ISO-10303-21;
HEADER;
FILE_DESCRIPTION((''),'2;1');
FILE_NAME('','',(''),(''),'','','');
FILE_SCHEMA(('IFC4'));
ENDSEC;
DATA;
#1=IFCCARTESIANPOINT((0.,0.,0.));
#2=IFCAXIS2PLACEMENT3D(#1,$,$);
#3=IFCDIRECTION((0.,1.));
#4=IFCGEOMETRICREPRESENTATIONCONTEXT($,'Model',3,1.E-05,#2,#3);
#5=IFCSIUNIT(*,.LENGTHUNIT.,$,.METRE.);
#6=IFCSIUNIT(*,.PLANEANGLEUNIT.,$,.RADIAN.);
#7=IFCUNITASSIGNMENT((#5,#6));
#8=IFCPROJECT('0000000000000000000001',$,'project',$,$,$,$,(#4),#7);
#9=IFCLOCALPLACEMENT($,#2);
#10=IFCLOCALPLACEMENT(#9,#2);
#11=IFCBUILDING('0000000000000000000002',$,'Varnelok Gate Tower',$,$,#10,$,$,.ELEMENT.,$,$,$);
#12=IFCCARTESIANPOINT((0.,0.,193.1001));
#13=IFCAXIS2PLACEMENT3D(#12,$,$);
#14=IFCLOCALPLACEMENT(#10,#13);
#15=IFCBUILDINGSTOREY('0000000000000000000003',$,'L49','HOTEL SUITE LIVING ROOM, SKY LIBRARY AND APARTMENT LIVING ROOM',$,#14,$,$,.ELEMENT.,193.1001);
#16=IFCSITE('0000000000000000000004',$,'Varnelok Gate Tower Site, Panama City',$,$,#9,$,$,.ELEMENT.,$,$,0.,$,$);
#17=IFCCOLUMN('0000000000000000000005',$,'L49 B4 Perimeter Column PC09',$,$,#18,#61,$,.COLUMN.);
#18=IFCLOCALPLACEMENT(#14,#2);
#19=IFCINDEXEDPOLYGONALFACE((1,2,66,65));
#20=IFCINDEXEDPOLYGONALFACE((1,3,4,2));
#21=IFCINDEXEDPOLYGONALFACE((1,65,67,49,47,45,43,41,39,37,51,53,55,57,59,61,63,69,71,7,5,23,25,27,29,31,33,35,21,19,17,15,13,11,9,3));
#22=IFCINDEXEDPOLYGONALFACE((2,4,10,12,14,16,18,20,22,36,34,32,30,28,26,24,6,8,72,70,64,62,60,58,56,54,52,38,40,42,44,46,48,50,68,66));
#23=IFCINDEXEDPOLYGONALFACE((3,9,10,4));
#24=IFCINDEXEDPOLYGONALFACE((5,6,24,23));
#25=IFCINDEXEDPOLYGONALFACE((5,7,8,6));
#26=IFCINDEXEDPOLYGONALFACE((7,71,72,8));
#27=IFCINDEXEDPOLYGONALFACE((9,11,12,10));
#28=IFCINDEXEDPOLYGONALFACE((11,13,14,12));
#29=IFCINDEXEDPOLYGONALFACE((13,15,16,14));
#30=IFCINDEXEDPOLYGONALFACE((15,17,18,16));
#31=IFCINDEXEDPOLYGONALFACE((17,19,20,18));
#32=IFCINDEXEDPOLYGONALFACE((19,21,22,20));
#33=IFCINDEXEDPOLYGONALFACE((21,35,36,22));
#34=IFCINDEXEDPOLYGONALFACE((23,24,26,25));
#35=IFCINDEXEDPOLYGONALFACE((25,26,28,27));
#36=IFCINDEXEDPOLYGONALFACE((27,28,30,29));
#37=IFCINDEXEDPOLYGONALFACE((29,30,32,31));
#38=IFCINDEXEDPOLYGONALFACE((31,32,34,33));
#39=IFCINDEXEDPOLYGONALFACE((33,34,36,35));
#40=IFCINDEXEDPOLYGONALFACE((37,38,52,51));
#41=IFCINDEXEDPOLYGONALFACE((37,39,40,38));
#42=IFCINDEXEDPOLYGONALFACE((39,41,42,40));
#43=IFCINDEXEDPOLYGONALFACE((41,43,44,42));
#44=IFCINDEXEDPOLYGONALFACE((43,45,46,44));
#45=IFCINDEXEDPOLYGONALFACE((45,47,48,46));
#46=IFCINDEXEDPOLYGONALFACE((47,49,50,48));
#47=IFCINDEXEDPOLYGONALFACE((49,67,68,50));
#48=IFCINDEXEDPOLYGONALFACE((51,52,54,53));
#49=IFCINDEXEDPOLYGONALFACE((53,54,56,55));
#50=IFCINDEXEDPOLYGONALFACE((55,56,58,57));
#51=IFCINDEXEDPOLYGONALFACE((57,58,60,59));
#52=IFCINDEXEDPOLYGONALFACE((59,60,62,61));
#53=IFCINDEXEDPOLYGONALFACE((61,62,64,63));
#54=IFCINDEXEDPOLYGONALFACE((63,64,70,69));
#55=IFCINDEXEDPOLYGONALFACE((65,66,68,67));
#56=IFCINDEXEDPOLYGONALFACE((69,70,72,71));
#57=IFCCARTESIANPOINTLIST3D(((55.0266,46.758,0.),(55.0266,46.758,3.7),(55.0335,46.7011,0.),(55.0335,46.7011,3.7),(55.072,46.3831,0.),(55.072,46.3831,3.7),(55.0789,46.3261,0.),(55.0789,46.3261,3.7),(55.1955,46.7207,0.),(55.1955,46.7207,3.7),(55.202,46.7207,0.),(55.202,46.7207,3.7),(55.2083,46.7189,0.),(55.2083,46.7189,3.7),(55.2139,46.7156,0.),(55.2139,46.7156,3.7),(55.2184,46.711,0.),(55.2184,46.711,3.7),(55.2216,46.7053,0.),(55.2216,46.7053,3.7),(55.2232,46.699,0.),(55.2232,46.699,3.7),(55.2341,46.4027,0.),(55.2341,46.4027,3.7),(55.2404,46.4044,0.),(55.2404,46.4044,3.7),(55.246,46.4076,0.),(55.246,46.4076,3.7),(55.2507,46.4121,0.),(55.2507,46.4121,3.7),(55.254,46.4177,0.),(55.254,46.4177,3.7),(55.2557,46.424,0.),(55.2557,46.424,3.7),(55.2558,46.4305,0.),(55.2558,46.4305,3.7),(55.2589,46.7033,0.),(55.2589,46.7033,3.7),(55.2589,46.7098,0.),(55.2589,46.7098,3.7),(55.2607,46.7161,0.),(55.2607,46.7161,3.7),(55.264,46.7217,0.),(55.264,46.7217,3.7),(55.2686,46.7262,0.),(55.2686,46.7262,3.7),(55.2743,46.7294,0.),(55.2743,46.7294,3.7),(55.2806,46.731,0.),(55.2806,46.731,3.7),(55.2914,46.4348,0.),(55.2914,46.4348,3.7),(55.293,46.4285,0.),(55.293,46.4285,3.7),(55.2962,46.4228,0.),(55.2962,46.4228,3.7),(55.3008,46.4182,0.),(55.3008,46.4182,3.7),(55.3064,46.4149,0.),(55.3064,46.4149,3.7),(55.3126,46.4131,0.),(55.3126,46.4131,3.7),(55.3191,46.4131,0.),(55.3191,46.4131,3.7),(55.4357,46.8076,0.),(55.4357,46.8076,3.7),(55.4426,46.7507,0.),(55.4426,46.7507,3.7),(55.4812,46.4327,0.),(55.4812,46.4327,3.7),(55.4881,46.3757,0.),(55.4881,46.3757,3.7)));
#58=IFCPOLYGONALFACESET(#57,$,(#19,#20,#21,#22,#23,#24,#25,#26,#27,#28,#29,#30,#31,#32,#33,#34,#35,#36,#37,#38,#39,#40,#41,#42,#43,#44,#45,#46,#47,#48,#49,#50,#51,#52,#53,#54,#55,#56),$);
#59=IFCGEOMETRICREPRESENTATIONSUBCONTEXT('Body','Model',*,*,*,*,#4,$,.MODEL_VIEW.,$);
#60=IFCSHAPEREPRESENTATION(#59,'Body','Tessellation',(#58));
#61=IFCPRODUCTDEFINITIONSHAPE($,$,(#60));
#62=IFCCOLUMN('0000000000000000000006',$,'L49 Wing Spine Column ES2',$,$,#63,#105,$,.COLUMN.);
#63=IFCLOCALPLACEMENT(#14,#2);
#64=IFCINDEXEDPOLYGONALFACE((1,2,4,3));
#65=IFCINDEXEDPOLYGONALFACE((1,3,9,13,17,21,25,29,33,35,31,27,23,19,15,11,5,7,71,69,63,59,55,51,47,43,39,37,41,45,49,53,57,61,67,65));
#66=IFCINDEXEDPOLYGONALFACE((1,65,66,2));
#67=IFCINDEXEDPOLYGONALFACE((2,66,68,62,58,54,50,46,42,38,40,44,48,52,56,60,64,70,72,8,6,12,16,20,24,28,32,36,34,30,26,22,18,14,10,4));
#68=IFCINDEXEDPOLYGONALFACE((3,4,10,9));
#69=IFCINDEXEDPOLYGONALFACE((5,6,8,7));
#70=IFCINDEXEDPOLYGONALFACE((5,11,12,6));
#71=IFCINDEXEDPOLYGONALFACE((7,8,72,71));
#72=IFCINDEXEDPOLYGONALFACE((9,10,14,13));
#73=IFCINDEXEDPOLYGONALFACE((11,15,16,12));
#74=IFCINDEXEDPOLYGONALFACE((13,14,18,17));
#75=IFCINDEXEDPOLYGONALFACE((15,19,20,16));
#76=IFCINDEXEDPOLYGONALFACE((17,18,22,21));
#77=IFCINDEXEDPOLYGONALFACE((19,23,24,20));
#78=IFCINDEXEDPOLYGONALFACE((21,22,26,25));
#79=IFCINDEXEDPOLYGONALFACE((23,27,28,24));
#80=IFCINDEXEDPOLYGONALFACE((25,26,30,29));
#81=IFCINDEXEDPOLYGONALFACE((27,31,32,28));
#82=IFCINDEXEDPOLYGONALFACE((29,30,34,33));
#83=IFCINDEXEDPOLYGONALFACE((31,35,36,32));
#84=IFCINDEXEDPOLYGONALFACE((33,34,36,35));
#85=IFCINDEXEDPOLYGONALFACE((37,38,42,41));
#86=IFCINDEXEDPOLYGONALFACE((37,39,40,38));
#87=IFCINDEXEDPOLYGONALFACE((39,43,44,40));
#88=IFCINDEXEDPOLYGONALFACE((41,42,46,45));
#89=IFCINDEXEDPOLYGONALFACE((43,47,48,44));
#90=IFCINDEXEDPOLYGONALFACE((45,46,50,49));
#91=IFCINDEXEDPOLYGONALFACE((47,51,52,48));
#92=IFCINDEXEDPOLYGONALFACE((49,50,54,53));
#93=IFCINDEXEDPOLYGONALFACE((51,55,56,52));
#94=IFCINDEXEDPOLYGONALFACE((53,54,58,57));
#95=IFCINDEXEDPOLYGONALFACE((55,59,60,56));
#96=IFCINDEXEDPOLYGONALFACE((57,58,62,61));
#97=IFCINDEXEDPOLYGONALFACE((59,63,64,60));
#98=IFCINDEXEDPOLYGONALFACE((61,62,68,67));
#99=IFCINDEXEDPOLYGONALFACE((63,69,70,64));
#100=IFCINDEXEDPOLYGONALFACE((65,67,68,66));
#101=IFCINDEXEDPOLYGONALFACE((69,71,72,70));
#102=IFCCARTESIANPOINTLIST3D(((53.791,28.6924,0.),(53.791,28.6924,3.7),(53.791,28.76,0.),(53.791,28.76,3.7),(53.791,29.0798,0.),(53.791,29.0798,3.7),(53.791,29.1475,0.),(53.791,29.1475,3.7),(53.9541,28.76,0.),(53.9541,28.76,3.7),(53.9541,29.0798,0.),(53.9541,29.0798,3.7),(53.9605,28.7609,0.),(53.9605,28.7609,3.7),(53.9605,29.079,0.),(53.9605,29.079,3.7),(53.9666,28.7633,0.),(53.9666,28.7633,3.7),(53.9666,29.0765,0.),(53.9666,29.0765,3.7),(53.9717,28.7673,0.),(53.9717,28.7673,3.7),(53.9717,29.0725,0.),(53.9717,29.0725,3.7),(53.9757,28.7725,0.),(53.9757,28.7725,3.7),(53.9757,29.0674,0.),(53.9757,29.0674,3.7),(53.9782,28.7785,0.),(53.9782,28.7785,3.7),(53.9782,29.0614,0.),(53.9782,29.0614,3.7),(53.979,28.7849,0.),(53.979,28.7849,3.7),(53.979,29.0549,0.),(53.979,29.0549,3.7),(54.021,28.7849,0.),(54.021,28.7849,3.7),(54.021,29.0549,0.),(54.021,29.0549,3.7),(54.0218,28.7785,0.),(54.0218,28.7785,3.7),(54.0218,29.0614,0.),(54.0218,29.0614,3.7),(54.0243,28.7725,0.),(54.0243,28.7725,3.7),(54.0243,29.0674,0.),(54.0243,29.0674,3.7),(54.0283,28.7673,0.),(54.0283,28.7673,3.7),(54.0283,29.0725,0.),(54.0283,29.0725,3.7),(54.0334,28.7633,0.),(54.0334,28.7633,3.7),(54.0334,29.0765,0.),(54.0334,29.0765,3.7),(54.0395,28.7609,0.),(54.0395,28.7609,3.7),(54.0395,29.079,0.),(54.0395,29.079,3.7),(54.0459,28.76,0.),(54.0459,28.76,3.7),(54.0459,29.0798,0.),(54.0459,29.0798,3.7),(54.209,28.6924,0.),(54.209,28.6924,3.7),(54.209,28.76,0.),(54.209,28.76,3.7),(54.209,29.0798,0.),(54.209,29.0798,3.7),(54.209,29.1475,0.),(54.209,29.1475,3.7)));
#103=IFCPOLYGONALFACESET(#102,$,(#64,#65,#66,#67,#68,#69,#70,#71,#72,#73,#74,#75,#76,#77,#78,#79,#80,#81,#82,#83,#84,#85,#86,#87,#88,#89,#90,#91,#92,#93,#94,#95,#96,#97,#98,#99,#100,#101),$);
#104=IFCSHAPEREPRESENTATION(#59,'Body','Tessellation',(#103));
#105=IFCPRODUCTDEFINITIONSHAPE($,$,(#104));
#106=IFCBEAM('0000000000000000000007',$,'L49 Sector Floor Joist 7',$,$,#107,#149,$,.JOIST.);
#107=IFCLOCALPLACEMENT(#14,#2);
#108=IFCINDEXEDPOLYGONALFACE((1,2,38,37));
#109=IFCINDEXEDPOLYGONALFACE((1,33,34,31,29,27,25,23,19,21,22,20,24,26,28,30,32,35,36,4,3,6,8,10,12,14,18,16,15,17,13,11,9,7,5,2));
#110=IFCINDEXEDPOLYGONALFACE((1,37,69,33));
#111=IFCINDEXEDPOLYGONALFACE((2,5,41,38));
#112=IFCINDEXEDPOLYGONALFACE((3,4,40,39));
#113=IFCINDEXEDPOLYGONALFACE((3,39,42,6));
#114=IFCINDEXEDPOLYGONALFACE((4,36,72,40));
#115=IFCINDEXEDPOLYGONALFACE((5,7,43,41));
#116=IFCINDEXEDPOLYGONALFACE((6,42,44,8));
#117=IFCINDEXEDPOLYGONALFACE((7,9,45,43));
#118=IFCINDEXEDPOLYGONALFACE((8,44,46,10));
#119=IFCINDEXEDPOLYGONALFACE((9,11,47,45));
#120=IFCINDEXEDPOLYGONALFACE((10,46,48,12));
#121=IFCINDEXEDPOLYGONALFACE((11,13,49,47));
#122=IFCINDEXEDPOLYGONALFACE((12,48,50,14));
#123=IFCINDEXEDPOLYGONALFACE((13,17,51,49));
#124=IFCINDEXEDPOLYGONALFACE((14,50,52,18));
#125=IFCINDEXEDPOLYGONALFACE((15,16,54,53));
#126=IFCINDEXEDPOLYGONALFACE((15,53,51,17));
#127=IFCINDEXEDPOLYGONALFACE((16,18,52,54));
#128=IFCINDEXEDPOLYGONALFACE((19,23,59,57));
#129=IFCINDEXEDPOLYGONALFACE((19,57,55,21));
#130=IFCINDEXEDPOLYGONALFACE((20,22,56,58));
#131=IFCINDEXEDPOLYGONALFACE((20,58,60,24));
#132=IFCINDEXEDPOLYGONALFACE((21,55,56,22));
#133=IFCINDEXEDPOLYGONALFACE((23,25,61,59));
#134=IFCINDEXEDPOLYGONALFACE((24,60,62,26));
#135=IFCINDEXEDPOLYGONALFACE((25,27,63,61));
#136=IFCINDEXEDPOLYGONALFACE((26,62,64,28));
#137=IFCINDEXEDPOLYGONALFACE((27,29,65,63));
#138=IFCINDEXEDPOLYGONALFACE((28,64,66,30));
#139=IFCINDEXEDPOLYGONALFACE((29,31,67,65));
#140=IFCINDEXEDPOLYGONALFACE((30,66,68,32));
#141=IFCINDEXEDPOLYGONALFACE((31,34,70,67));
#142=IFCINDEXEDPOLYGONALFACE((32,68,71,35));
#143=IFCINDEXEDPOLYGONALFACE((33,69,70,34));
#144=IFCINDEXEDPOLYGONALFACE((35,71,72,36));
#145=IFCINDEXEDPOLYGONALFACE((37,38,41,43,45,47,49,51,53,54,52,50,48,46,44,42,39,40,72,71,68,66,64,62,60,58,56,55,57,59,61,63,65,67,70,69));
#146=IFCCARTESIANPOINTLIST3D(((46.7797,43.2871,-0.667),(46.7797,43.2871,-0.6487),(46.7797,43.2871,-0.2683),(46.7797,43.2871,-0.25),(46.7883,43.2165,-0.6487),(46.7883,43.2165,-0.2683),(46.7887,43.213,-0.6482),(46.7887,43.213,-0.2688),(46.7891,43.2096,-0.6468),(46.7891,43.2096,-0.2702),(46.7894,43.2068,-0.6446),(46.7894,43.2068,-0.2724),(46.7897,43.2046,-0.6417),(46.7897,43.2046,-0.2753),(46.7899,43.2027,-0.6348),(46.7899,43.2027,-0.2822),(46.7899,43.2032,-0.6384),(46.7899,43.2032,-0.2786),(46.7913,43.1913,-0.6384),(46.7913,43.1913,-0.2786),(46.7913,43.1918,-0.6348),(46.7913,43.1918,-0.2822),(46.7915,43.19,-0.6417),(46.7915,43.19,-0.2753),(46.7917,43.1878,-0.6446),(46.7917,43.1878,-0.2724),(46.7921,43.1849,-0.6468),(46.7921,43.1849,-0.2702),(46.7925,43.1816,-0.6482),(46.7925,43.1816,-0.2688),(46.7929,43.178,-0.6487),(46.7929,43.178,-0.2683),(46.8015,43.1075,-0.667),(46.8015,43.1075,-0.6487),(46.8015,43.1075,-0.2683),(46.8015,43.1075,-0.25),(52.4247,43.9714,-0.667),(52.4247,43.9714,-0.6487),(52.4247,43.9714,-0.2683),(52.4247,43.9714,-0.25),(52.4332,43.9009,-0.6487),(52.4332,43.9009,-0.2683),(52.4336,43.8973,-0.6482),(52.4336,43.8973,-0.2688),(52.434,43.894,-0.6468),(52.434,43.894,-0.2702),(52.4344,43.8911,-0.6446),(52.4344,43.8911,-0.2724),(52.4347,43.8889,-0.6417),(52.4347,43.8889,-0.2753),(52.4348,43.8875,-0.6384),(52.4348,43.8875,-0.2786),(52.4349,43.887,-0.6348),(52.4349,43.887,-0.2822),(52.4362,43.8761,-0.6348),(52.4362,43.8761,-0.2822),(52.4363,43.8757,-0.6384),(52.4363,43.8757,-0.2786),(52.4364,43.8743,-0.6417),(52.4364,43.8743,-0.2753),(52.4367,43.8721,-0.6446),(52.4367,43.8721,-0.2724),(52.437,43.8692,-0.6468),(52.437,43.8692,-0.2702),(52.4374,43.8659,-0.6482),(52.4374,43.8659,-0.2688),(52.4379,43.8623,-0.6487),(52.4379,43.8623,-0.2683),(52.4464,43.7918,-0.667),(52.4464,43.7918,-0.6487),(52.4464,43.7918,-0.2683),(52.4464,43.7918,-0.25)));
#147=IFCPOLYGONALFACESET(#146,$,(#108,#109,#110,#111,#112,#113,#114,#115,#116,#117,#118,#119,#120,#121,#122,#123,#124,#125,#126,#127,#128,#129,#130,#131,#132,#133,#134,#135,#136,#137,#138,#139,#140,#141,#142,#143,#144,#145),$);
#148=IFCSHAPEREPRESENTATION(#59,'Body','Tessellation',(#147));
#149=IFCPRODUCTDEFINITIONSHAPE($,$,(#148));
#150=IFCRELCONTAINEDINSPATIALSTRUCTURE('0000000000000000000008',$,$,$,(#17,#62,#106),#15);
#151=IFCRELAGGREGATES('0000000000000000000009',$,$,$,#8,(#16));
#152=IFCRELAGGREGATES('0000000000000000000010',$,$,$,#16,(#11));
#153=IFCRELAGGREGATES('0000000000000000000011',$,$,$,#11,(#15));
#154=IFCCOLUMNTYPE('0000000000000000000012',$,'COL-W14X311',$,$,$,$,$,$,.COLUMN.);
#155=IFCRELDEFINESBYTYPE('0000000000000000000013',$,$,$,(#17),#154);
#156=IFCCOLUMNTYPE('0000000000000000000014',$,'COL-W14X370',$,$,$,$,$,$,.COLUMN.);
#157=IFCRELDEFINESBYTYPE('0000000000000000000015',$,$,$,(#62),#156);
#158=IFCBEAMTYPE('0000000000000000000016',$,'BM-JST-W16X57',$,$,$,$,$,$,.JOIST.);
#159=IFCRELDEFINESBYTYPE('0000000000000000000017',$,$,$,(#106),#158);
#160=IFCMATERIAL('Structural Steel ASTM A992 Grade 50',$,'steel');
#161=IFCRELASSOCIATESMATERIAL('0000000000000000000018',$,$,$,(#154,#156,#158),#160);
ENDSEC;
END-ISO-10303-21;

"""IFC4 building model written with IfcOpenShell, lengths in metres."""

from ifc_helpers import new_model, si_unit, direction, frame, origin, origin_2d, place, context, subcontext, project, spatial, i_section, extrude, material, material_profile, profile_set, type_object, element, save


model = new_model("IFC4")

# Units and contexts
model_context = context("Model", 3, precision=1e-05, world=origin(), true_north=direction((0.0, 1.0)))
body_context = subcontext(model_context, "Body", "Model", "MODEL_VIEW")
ifc_project = project(units=[si_unit("LENGTHUNIT", "METRE"), si_unit("PLANEANGLEUNIT", "RADIAN")], contexts=[model_context])

# Site, building, storey
site_placement = place(None, origin())
site = spatial("IfcSite", under=ifc_project, at=site_placement, Name="Varnelok Gate Tower Site, Panama City", CompositionType="ELEMENT", RefElevation=0.0)
building_placement = place(site_placement, origin())
building = spatial("IfcBuilding", under=site, at=building_placement, Name="Varnelok Gate Tower", CompositionType="ELEMENT")
storey_placement = place(building_placement, frame((0.0, 0.0, 193.1001)))
storey = spatial("IfcBuildingStorey", under=building, at=storey_placement, Name="L49", Description="HOTEL SUITE LIVING ROOM, SKY LIBRARY AND APARTMENT LIVING ROOM", CompositionType="ELEMENT", Elevation=193.1001)

# Columns
ifc_material_1 = material(Name="Structural Steel ASTM A992 Grade 50", Category="steel")
ifc_material_profile_1 = material_profile(ifc_material_1, i_section(OverallWidth=0.4121, OverallDepth=0.4351, WebThickness=0.0359, FlangeThickness=0.0574, FilletRadius=0.0249, at=origin_2d()), Name="W14X311")
ifc_profile_set_1 = profile_set([ifc_material_profile_1], Name="Structural Steel ASTM A992 Grade 50")
column_type_1 = type_object("IfcColumnType", Name="COL-W14X311", PredefinedType="COLUMN", material=ifc_profile_set_1)
column_1_placement = place(storey_placement, frame((55.2573, 46.5669, 0.0), z_axis=(0.0, 0.0, 1.0), x_axis=(0.992732, 0.120345, 0.0)))
element("IfcColumn", 1, at=column_1_placement, inside=storey, type_object=column_type_1, Name="L49 B4 Perimeter Column PC09", PredefinedType="COLUMN", context=body_context, shape_type="SweptSolid", body=[
    extrude(i_section(OverallWidth=0.4121, OverallDepth=0.4351, WebThickness=0.0359, FlangeThickness=0.0574, FilletRadius=0.0249, at=origin_2d()), origin(), (0.0, 0.0, 1.0), 3.7),
])
ifc_material_profile_2 = material_profile(ifc_material_1, i_section(OverallWidth=0.418, OverallDepth=0.4551, WebThickness=0.042, FlangeThickness=0.0676, FilletRadius=0.0249, at=origin_2d()), Name="W14X370")
ifc_profile_set_2 = profile_set([ifc_material_profile_2], Name="Structural Steel ASTM A992 Grade 50")
column_type_2 = type_object("IfcColumnType", Name="COL-W14X370", PredefinedType="COLUMN", material=ifc_profile_set_2)
column_2_placement = place(storey_placement, frame((54.0, 28.9199, 0.0), z_axis=(0.0, 0.0, 1.0), x_axis=(1.0, 0.0, 0.0)))
element("IfcColumn", 2, at=column_2_placement, inside=storey, type_object=column_type_2, Name="L49 Wing Spine Column ES2", PredefinedType="COLUMN", context=body_context, shape_type="SweptSolid", body=[
    extrude(i_section(OverallWidth=0.418, OverallDepth=0.4551, WebThickness=0.042, FlangeThickness=0.0676, FilletRadius=0.0249, at=origin_2d()), origin(), (0.0, 0.0, 1.0), 3.7),
])

# Beam
ifc_material_profile_3 = material_profile(ifc_material_1, i_section(OverallWidth=0.1809, OverallDepth=0.417, WebThickness=0.011, FlangeThickness=0.0183, FilletRadius=0.0139, at=origin_2d()), Name="W16X57")
ifc_profile_set_3 = profile_set([ifc_material_profile_3], Name="Structural Steel ASTM A992 Grade 50")
beam_type_1 = type_object("IfcBeamType", Name="BM-JST-W16X57", PredefinedType="JOIST", material=ifc_profile_set_3)
beam_1_placement = place(storey_placement, frame((52.4355, 43.8816, -0.4585), z_axis=(-0.992732, -0.120345, 0.0), x_axis=(0.120345, -0.992732, 0.0)))
element("IfcBeam", 3, at=beam_1_placement, inside=storey, type_object=beam_type_1, Name="L49 Sector Floor Joist 7", PredefinedType="JOIST", context=body_context, shape_type="SweptSolid", body=[
    extrude(i_section(OverallWidth=0.1809, OverallDepth=0.417, WebThickness=0.011, FlangeThickness=0.0183, FilletRadius=0.0139, at=origin_2d()), origin(), (0.0, 0.0, 1.0), 5.6863),
])

save(model, "model.ifc")
